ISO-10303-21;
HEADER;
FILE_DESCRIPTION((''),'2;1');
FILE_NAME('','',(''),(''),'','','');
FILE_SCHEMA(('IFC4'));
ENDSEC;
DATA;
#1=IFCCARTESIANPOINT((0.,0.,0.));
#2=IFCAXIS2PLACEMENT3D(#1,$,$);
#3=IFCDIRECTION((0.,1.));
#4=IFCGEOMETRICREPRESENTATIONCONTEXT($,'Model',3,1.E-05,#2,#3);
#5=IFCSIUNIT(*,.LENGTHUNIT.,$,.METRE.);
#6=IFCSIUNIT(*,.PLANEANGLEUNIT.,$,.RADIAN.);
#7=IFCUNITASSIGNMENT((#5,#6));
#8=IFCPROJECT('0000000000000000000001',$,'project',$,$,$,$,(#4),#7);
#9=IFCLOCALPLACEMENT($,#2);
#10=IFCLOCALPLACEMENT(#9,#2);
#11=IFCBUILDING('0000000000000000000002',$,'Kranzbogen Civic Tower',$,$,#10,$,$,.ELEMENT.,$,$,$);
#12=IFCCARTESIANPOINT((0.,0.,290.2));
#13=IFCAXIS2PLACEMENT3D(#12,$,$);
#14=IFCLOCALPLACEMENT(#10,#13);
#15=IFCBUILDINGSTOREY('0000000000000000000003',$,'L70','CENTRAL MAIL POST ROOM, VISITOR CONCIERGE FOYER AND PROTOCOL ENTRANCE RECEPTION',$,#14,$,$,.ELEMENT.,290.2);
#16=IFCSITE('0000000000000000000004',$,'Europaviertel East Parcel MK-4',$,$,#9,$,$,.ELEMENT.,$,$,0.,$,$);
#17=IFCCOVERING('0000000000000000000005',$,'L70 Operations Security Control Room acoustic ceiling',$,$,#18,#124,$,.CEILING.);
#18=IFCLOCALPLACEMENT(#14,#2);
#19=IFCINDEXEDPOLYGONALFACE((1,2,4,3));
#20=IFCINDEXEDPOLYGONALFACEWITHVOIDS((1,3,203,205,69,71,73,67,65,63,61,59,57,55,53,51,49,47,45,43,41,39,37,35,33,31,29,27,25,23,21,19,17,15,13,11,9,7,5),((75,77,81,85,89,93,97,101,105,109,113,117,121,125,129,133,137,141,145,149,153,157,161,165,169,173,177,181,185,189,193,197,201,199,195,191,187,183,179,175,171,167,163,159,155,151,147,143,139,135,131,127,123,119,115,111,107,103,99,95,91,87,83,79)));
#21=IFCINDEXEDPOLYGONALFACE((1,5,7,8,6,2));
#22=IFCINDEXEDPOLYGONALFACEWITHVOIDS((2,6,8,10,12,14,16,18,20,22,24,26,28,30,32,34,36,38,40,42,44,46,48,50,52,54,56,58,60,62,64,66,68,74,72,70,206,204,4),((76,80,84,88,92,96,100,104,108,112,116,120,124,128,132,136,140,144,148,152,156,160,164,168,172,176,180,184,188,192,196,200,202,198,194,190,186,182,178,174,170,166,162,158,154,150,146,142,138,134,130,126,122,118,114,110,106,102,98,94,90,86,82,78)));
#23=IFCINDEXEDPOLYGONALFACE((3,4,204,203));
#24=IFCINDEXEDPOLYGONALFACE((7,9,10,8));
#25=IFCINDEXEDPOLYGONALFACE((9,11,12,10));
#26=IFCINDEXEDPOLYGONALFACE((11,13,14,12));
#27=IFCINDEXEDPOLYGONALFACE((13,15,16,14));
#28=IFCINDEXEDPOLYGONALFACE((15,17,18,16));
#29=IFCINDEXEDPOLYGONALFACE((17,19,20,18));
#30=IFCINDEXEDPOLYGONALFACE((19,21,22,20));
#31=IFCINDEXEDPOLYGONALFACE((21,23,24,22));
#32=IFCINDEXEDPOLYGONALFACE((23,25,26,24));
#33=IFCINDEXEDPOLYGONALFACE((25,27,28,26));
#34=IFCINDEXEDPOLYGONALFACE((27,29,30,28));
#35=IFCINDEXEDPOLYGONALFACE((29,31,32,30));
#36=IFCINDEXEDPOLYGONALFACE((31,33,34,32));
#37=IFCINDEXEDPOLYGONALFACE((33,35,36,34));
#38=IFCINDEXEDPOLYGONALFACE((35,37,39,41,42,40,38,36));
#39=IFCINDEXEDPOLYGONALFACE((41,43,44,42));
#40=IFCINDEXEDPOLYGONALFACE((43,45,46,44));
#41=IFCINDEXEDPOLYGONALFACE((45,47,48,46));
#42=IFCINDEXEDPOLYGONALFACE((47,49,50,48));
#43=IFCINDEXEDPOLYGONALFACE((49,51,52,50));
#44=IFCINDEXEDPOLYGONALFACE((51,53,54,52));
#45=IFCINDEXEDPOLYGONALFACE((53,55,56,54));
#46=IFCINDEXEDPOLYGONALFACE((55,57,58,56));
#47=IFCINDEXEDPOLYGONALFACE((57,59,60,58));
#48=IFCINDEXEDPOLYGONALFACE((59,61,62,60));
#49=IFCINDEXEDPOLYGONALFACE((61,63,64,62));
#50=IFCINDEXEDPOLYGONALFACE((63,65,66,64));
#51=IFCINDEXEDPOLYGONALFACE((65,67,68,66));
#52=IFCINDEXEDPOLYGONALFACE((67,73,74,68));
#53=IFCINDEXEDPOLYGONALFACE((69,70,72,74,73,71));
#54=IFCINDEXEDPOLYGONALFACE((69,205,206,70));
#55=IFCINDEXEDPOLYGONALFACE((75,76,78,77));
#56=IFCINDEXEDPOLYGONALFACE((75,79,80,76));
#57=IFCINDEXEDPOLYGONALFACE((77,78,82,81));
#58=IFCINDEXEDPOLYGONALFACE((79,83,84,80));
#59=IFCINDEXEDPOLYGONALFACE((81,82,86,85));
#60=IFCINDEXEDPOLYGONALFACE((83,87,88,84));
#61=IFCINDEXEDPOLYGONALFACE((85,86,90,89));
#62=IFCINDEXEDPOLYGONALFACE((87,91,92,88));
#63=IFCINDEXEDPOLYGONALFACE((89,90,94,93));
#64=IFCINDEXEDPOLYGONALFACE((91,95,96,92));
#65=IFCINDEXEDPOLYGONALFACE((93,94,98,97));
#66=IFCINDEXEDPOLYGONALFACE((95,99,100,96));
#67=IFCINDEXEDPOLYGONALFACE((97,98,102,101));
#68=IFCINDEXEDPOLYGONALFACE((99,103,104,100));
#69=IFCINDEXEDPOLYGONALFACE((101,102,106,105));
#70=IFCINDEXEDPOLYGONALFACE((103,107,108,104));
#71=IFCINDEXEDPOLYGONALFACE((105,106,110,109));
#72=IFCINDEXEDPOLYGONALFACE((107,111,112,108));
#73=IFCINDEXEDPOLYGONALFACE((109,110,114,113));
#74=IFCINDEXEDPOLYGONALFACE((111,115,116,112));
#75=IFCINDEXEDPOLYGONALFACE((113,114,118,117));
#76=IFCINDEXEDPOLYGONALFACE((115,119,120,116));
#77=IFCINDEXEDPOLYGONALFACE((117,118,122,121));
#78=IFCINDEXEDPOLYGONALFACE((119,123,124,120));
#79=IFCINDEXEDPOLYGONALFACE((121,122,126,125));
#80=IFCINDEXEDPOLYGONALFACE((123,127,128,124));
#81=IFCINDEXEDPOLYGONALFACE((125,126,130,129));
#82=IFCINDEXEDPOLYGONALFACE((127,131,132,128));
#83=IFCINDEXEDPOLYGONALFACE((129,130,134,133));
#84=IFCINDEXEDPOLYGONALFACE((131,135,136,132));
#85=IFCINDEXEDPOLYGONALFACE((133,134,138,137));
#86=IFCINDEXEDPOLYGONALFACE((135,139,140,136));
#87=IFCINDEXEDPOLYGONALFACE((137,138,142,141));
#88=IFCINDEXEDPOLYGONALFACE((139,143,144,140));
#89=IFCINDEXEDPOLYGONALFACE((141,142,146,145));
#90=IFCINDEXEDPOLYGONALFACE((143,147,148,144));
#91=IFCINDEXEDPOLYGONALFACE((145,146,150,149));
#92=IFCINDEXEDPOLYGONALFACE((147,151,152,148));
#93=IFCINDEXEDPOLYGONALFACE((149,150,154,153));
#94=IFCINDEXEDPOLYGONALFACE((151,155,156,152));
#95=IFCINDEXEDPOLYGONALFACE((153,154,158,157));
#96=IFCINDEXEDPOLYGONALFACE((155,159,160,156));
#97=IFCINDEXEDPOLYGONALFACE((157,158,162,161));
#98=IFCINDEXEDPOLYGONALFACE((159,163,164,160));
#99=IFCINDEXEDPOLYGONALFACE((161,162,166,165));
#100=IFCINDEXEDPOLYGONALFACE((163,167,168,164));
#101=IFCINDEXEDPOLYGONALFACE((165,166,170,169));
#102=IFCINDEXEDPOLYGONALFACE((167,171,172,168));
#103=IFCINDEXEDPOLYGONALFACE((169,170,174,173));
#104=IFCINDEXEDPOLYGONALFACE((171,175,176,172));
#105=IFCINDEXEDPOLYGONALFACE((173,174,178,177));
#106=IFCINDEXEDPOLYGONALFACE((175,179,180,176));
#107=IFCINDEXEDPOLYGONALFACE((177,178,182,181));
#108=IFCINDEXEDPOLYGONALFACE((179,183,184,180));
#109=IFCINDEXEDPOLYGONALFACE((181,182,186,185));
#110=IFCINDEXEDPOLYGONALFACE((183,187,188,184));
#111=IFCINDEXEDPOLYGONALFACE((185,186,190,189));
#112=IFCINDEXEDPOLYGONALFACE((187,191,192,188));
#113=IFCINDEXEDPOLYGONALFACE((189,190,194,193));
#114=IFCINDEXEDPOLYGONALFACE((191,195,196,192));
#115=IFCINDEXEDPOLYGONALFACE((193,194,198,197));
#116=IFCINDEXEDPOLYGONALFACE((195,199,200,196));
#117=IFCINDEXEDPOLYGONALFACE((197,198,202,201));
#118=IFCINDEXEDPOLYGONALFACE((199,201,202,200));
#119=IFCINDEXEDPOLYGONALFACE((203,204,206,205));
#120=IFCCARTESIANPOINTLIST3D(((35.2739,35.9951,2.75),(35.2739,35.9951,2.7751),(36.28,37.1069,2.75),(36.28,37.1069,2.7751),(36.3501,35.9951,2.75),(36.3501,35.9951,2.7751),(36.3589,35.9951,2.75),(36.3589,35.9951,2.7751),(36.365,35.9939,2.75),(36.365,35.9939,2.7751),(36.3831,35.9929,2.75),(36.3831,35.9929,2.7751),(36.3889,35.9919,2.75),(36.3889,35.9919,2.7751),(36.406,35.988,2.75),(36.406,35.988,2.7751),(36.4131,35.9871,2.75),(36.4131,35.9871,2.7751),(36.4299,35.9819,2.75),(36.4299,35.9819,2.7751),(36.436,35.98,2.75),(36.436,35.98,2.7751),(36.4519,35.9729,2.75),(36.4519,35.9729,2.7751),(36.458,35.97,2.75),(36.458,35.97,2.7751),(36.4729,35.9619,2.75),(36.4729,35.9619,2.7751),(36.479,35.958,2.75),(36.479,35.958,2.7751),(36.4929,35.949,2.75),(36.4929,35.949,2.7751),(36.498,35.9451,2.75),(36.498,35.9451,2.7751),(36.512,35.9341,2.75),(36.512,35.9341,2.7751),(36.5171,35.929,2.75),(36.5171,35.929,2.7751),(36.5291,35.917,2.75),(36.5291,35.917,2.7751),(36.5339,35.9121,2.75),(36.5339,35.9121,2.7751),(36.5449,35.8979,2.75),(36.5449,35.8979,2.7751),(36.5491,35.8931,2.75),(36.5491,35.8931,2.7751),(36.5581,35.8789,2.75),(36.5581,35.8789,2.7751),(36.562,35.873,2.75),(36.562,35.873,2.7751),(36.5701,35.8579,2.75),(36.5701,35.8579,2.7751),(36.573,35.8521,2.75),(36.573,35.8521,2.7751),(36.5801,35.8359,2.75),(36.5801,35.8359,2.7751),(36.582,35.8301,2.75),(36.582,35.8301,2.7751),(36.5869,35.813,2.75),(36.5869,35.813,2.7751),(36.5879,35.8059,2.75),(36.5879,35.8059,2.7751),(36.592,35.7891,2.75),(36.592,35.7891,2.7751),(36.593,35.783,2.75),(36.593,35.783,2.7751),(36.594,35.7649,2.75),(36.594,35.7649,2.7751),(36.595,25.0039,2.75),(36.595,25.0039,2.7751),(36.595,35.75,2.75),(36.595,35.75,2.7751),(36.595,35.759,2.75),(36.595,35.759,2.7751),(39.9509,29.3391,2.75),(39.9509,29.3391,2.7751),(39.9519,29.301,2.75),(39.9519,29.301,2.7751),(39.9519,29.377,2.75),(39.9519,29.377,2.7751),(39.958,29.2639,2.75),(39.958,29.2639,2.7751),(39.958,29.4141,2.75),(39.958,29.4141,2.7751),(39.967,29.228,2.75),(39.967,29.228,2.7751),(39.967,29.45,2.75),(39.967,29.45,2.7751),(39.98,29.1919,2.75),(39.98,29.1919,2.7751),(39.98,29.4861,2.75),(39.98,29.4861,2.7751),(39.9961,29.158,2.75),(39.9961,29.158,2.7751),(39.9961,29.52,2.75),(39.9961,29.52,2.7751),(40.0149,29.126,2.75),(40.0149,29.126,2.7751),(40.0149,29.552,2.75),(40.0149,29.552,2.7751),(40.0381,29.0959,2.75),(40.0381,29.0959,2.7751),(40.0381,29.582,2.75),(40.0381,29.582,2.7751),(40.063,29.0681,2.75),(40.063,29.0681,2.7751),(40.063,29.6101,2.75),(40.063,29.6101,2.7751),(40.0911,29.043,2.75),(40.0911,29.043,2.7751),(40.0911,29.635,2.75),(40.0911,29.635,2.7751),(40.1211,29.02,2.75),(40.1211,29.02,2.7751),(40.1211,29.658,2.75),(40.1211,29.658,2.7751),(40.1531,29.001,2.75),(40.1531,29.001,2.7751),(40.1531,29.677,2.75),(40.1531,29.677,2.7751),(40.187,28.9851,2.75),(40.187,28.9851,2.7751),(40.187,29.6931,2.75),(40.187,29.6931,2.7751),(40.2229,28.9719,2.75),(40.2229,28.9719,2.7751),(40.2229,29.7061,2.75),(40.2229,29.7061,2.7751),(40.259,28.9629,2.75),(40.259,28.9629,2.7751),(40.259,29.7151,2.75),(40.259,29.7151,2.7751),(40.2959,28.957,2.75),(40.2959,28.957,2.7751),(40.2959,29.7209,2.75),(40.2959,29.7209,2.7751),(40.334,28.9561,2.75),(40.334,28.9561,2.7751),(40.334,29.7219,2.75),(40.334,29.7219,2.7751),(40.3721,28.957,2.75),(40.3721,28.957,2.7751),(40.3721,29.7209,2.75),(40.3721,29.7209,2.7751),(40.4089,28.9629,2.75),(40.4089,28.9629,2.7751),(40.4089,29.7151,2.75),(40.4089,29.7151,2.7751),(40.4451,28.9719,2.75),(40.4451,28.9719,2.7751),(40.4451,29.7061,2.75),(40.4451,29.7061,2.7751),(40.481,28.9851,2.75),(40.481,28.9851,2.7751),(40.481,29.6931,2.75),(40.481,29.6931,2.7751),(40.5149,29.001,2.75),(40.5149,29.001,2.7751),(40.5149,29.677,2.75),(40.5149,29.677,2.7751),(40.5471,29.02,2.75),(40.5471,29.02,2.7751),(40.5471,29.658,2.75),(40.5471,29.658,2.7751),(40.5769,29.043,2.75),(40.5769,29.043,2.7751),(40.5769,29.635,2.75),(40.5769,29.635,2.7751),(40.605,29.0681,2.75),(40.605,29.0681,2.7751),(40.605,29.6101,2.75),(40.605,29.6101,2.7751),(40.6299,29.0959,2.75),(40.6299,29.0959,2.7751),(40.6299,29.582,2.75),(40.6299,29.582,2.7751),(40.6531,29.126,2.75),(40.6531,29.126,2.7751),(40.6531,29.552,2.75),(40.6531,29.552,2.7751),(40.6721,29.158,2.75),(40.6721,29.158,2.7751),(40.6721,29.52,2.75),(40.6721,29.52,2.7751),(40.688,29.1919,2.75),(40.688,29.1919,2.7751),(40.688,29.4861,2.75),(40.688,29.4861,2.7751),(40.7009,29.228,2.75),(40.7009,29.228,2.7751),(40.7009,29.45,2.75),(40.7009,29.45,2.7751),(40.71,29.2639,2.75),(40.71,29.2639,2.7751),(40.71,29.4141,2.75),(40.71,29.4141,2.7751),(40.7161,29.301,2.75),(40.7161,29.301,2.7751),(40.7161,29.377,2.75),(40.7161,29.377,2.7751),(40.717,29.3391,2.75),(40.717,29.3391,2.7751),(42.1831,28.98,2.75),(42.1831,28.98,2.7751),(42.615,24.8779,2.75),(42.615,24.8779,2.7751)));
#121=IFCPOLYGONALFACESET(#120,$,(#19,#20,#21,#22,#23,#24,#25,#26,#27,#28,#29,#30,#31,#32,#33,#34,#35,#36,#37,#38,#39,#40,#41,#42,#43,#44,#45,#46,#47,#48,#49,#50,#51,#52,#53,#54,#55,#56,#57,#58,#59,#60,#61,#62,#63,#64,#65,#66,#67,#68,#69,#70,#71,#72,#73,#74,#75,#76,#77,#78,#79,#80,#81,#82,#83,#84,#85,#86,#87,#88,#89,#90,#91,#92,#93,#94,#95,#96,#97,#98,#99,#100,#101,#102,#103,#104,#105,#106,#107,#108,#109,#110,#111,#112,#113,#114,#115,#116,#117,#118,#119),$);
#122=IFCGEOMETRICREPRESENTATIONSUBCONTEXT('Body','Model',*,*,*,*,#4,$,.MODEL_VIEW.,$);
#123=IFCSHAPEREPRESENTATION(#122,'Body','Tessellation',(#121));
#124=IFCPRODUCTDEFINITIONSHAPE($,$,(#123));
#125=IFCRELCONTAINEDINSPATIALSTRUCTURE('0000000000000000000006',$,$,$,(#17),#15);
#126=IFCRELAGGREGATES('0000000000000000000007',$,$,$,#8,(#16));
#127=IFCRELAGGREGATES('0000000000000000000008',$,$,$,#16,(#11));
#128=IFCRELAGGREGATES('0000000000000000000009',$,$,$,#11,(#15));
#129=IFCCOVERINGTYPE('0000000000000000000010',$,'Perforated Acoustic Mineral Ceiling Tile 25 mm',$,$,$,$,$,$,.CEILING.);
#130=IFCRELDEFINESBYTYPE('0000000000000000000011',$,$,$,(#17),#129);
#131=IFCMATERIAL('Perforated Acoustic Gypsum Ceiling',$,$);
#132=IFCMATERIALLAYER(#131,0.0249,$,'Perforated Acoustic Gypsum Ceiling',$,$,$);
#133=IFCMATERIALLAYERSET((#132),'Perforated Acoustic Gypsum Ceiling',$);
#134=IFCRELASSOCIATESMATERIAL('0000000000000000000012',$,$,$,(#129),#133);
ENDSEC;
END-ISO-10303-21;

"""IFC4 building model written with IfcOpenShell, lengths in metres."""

from ifc_helpers import new_model, si_unit, direction, frame, origin, place, context, subcontext, project, spatial, polyline, outline, extrude, material, layer, layer_set, type_object, element, save


model = new_model("IFC4")

# Units and contexts
model_context = context("Model", 3, precision=1e-05, world=origin(), true_north=direction((0.0, 1.0)))
body_context = subcontext(model_context, "Body", "Model", "MODEL_VIEW")
ifc_project = project(units=[si_unit("LENGTHUNIT", "METRE"), si_unit("PLANEANGLEUNIT", "RADIAN")], contexts=[model_context])

# Site, building, storey
site_placement = place(None, origin())
site = spatial("IfcSite", under=ifc_project, at=site_placement, Name="Europaviertel East Parcel MK-4", CompositionType="ELEMENT", RefElevation=0.0)
building_placement = place(site_placement, origin())
building = spatial("IfcBuilding", under=site, at=building_placement, Name="Kranzbogen Civic Tower", CompositionType="ELEMENT")
storey_placement = place(building_placement, frame((0.0, 0.0, 290.2)))
storey = spatial("IfcBuildingStorey", under=building, at=storey_placement, Name="L70", Description="CENTRAL MAIL POST ROOM, VISITOR CONCIERGE FOYER AND PROTOCOL ENTRANCE RECEPTION", CompositionType="ELEMENT", Elevation=290.2)

# Covering
ifc_material_1 = material(Name="Perforated Acoustic Gypsum Ceiling")
ifc_layer_1 = layer(ifc_material_1, 0.0249, Name="Perforated Acoustic Gypsum Ceiling")
ifc_layer_set_1 = layer_set([ifc_layer_1], Name="Perforated Acoustic Gypsum Ceiling")
covering_type = type_object("IfcCoveringType", Name="Perforated Acoustic Mineral Ceiling Tile 25 mm", PredefinedType="CEILING", material=ifc_layer_set_1)
covering_1_placement = place(storey_placement, frame((0.0, 0.0, 2.75)))
element("IfcCovering", 1, at=covering_1_placement, inside=storey, type_object=covering_type, Name="L70 Operations Security Control Room acoustic ceiling", PredefinedType="CEILING", context=body_context, shape_type="SweptSolid", body=[
    extrude(outline(polyline([(42.615, 24.8779), (36.595, 25.0039), (36.595, 35.75), (36.595, 35.759), (36.594, 35.7649), (36.593, 35.783), (36.592, 35.7891), (36.5879, 35.8059), (36.5869, 35.813), (36.582, 35.8301), (36.5801, 35.8359), (36.573, 35.8521), (36.5701, 35.8579), (36.562, 35.873), (36.5581, 35.8789), (36.5491, 35.8931), (36.5449, 35.8979), (36.5339, 35.9121), (36.5291, 35.917), (36.5171, 35.929), (36.512, 35.9341), (36.498, 35.9451), (36.4929, 35.949), (36.479, 35.958), (36.4729, 35.9619), (36.458, 35.97), (36.4519, 35.9729), (36.436, 35.98), (36.4299, 35.9819), (36.4131, 35.9871), (36.406, 35.988), (36.3889, 35.9919), (36.3831, 35.9929), (36.365, 35.9939), (36.3589, 35.9951), (36.3501, 35.9951), (35.2739, 35.9951), (36.28, 37.1069), (42.1831, 28.98), (42.615, 24.8779)]), holes=[polyline([(40.688, 29.1919), (40.6721, 29.158), (40.6531, 29.126), (40.6299, 29.0959), (40.605, 29.0681), (40.5769, 29.043), (40.5471, 29.02), (40.5149, 29.001), (40.481, 28.9851), (40.4451, 28.9719), (40.4089, 28.9629), (40.3721, 28.957), (40.334, 28.9561), (40.2959, 28.957), (40.259, 28.9629), (40.2229, 28.9719), (40.187, 28.9851), (40.1531, 29.001), (40.1211, 29.02), (40.0911, 29.043), (40.063, 29.0681), (40.0381, 29.0959), (40.0149, 29.126), (39.9961, 29.158), (39.98, 29.1919), (39.967, 29.228), (39.958, 29.2639), (39.9519, 29.301), (39.9509, 29.3391), (39.9519, 29.377), (39.958, 29.4141), (39.967, 29.45), (39.98, 29.4861), (39.9961, 29.52), (40.0149, 29.552), (40.0381, 29.582), (40.063, 29.6101), (40.0911, 29.635), (40.1211, 29.658), (40.1531, 29.677), (40.187, 29.6931), (40.2229, 29.7061), (40.259, 29.7151), (40.2959, 29.7209), (40.334, 29.7219), (40.3721, 29.7209), (40.4089, 29.7151), (40.4451, 29.7061), (40.481, 29.6931), (40.5149, 29.677), (40.5471, 29.658), (40.5769, 29.635), (40.605, 29.6101), (40.6299, 29.582), (40.6531, 29.552), (40.6721, 29.52), (40.688, 29.4861), (40.7009, 29.45), (40.71, 29.4141), (40.7161, 29.377), (40.717, 29.3391), (40.7161, 29.301), (40.71, 29.2639), (40.7009, 29.228), (40.688, 29.1919)])]), origin(), (0.0, 0.0, 1.0), 0.0251),
])

save(model, "model.ifc")
